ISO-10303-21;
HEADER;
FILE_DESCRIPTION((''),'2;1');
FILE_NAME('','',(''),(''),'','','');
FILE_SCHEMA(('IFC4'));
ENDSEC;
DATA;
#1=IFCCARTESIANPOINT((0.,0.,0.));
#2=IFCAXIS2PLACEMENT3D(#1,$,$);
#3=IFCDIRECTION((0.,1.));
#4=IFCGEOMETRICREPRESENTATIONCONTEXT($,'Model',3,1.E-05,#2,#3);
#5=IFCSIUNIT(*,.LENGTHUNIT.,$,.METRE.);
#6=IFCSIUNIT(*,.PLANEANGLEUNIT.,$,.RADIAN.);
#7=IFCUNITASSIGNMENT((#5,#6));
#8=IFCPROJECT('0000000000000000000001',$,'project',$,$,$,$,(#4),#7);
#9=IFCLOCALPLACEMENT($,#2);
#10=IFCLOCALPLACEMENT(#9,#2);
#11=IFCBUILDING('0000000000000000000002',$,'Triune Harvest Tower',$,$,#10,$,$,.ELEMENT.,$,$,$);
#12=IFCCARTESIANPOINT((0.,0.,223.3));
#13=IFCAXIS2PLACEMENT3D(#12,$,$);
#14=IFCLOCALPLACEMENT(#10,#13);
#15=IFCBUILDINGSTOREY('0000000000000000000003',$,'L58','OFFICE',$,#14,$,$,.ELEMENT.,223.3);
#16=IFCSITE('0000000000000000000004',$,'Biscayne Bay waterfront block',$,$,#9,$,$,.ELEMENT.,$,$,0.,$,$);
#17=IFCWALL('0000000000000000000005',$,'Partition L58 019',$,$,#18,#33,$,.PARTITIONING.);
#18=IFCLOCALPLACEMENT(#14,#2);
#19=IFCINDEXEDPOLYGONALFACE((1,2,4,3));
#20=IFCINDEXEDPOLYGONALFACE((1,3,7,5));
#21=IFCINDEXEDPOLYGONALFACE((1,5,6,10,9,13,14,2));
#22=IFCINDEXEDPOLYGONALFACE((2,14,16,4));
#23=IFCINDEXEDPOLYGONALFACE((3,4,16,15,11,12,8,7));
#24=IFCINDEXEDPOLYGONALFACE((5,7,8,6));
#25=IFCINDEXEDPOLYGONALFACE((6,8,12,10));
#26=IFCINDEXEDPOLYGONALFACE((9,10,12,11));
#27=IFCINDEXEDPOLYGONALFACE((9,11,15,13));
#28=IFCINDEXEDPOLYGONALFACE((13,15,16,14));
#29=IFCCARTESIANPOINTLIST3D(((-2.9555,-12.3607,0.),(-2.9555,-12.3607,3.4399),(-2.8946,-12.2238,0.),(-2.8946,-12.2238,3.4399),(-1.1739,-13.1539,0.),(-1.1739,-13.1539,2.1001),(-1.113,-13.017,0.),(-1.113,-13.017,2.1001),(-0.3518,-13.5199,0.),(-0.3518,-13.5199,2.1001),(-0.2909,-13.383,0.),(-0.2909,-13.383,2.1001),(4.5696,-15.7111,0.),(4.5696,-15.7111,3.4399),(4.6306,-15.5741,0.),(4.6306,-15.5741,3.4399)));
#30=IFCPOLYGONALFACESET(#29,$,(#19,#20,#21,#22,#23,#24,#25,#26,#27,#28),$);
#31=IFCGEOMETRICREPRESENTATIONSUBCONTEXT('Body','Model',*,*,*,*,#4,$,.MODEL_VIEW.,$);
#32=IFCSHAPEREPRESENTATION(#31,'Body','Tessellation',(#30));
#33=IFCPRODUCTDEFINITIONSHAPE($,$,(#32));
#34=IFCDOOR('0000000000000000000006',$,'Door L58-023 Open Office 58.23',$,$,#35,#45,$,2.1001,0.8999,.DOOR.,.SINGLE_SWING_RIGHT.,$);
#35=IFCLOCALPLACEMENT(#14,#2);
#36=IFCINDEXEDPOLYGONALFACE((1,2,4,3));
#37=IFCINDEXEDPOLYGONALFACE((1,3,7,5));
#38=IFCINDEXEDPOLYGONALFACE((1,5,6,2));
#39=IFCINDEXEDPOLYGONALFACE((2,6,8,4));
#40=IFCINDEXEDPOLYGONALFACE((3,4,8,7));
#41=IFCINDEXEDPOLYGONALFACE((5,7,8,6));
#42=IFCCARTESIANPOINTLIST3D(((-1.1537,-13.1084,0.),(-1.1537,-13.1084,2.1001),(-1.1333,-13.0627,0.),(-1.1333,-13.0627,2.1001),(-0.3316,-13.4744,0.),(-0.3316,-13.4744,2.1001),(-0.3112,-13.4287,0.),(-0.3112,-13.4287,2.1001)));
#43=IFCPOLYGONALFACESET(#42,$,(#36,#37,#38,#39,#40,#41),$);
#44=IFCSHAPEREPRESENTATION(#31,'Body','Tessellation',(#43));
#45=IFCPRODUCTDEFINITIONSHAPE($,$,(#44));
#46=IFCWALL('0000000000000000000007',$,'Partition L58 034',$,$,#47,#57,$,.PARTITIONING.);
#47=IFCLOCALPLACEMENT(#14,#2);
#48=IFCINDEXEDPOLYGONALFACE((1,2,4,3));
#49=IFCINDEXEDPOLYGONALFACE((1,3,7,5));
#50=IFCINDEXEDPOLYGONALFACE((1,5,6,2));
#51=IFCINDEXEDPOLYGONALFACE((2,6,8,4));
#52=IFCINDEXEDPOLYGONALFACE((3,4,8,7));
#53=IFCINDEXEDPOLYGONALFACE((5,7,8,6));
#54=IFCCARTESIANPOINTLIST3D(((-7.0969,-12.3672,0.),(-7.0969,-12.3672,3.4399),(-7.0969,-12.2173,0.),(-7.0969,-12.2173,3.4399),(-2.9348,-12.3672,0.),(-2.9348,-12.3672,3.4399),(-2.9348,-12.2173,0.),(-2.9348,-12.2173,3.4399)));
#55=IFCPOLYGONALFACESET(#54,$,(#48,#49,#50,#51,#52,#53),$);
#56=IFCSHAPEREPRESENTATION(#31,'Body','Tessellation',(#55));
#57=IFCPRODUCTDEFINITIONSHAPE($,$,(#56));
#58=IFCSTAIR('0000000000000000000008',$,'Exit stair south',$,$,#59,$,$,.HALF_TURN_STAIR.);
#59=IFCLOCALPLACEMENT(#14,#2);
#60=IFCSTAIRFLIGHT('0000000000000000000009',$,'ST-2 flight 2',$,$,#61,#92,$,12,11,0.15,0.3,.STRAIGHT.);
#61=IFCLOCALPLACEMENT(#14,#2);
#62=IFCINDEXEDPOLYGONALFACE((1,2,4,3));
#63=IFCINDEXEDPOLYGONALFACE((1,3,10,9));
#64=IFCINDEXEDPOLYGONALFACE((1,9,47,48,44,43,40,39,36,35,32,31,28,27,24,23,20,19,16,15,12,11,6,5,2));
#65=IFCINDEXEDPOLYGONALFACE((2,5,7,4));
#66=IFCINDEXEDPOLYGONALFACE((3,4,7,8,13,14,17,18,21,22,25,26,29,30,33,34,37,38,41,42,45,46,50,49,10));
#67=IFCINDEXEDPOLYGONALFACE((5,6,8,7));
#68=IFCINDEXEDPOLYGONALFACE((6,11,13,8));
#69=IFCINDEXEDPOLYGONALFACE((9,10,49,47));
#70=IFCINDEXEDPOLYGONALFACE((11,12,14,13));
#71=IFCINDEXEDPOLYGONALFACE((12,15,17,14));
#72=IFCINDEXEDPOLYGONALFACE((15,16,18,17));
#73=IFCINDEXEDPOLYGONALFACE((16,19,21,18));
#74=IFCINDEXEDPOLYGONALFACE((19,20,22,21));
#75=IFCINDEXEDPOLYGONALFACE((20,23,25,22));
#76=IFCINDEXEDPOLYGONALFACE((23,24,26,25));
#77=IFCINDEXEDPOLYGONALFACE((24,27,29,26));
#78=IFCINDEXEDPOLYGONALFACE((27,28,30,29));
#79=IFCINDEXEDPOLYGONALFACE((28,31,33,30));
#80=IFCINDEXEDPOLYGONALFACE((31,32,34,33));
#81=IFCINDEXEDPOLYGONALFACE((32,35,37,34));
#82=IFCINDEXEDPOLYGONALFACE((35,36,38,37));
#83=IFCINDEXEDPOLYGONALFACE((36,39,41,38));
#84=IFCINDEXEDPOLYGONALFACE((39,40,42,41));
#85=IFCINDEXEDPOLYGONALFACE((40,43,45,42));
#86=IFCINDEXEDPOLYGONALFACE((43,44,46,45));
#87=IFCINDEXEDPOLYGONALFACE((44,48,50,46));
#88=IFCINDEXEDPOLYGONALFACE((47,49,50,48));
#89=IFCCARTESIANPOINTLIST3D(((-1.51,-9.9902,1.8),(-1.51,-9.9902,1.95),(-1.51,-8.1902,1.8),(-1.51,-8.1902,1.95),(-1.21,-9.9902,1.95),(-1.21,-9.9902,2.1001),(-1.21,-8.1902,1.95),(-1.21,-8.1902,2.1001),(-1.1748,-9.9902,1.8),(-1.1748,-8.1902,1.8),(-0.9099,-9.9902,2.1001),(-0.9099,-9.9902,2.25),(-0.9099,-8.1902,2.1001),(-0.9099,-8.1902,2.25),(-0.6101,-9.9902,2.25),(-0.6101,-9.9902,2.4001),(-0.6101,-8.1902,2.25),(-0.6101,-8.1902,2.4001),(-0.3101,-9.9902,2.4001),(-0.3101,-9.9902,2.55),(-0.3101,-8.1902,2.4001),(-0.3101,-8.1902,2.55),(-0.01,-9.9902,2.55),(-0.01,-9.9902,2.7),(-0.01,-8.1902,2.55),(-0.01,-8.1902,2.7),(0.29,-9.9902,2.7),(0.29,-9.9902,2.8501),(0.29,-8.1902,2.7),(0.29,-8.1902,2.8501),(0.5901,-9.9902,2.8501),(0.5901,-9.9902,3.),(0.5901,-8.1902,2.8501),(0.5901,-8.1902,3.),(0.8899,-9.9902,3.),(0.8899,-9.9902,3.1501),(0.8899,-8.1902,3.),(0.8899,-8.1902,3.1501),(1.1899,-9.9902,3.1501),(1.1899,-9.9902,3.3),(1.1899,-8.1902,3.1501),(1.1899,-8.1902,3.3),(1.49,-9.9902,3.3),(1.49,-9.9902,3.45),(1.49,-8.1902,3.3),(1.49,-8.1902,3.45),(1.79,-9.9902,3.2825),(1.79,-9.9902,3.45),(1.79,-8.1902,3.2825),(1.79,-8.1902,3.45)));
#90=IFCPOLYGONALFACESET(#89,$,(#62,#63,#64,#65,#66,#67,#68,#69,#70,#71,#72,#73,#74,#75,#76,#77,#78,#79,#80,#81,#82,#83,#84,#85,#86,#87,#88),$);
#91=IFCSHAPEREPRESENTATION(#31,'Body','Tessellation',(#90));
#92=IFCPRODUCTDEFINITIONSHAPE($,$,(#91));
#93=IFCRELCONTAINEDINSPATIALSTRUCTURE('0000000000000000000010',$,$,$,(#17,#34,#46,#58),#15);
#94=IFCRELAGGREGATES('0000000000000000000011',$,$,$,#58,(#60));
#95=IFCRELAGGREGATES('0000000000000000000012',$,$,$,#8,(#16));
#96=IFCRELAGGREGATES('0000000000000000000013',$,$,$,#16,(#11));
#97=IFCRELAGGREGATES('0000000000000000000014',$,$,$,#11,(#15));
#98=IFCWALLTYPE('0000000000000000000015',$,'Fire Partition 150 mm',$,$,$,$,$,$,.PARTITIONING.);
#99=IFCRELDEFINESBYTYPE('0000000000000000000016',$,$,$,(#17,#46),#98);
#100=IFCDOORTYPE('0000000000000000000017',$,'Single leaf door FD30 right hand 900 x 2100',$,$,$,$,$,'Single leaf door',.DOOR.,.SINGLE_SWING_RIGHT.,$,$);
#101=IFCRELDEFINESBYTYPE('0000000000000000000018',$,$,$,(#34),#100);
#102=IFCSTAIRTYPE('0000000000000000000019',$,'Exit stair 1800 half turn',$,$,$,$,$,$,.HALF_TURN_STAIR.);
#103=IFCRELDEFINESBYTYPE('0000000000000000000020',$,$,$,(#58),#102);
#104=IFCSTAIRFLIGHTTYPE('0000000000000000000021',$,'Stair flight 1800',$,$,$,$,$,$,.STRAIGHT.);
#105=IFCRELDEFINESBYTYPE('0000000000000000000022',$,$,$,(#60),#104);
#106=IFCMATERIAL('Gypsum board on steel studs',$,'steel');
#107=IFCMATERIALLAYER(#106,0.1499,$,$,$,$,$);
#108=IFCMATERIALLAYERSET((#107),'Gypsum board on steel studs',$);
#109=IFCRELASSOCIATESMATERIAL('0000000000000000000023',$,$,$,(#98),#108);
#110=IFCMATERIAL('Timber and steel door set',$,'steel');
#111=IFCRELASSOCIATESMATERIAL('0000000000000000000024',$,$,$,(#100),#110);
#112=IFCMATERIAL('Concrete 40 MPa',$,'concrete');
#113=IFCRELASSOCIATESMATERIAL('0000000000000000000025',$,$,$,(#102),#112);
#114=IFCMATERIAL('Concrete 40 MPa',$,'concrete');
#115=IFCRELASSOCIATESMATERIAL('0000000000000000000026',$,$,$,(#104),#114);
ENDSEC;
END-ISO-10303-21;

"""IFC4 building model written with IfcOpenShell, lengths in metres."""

from ifc_helpers import new_model, si_unit, direction, frame, frame_2d, origin, place, context, subcontext, project, spatial, polyline, rectangle, outline, extrude, source, transform, mapped, material, layer, layer_set, type_object, element, fill, aggregate, save


model = new_model("IFC4")

# Units and contexts
model_context = context("Model", 3, precision=1e-05, world=origin(), true_north=direction((0.0, 1.0)))
body_context = subcontext(model_context, "Body", "Model", "MODEL_VIEW")
ifc_project = project(units=[si_unit("LENGTHUNIT", "METRE"), si_unit("PLANEANGLEUNIT", "RADIAN")], contexts=[model_context])

# Site, building, storey
site_placement = place(None, origin())
site = spatial("IfcSite", under=ifc_project, at=site_placement, Name="Biscayne Bay waterfront block", CompositionType="ELEMENT", RefElevation=0.0)
building_placement = place(site_placement, origin())
building = spatial("IfcBuilding", under=site, at=building_placement, Name="Triune Harvest Tower", CompositionType="ELEMENT")
storey_placement = place(building_placement, frame((0.0, 0.0, 223.3)))
storey = spatial("IfcBuildingStorey", under=building, at=storey_placement, Name="L58", Description="OFFICE", CompositionType="ELEMENT", Elevation=223.3)

# Wall, opening, door
ifc_material_1 = material(Name="Gypsum board on steel studs", Category="steel")
ifc_layer_1 = layer(ifc_material_1, 0.1499)
ifc_layer_set_1 = layer_set([ifc_layer_1], Name="Gypsum board on steel studs")
wall_type_1 = type_object("IfcWallType", Name="Fire Partition 150 mm", PredefinedType="PARTITIONING", material=ifc_layer_set_1)
shared_shape_1 = source(origin(), body_context, "Body", "SweptSolid", [
    extrude(rectangle(XDim=8.2373, YDim=0.1499, at=frame_2d((4.1187, 0.0))), origin(), (0.0, 0.0, 1.0), 3.4399),
])
wall_1_placement = place(storey_placement, frame((-2.925, -12.2922, 0.0), z_axis=(0.0, 0.0, 1.0), x_axis=(0.913549, -0.40673, 0.0)))
wall_1 = element("IfcWall", 1, at=wall_1_placement, inside=storey, type_object=wall_type_1, Name="Partition L58 019", PredefinedType="PARTITIONING", context=body_context, shape_type="MappedRepresentation", body=[
    mapped(shared_shape_1, transform((0.0, 0.0, 0.0), scale=1.0)),
])
opening_1_placement = place(wall_1_placement, frame((1.9502, 0.0, 0.0)))
opening_1 = element("IfcOpeningElement", 2, at=opening_1_placement, cuts=wall_1, PredefinedType="OPENING", context=body_context, shape_type="SweptSolid", body=[
    extrude(rectangle(XDim=0.8999, YDim=2.1001, at=frame_2d((0.45, 1.05))), frame((0.0, 0.085, 0.0), z_axis=(0.0, -1.0, 0.0), x_axis=(1.0, 0.0, 0.0)), (0.0, 0.0, 1.0), 0.1699),
])
ifc_material_2 = material(Name="Timber and steel door set", Category="steel")
door_type_1 = type_object("IfcDoorType", Name="Single leaf door FD30 right hand 900 x 2100", ElementType="Single leaf door", OperationType="SINGLE_SWING_RIGHT", PredefinedType="DOOR", material=ifc_material_2)
door_1_placement = place(opening_1_placement, origin())
door_1 = element("IfcDoor", 3, at=door_1_placement, inside=storey, type_object=door_type_1, Name="Door L58-023 Open Office 58.23", OperationType="SINGLE_SWING_RIGHT", OverallHeight=2.1001, OverallWidth=0.8999, PredefinedType="DOOR", context=body_context, shape_type="SweptSolid", body=[
    extrude(rectangle(XDim=0.8999, YDim=2.1001, at=frame_2d((0.45, 1.05))), frame((0.0, 0.0249, 0.0), z_axis=(0.0, -1.0, 0.0), x_axis=(1.0, 0.0, 0.0)), (0.0, 0.0, 1.0), 0.05),
])
fill(opening_1, door_1)

# Wall
shared_shape_2 = source(origin(), body_context, "Body", "SweptSolid", [
    extrude(rectangle(XDim=4.1621, YDim=0.1499, at=frame_2d((2.0811, 0.0))), origin(), (0.0, 0.0, 1.0), 3.4399),
])
wall_2_placement = place(storey_placement, frame((-7.0969, -12.2922, 0.0), z_axis=(0.0, 0.0, 1.0), x_axis=(1.0, 0.0, 0.0)))
element("IfcWall", 4, at=wall_2_placement, inside=storey, type_object=wall_type_1, Name="Partition L58 034", PredefinedType="PARTITIONING", context=body_context, shape_type="MappedRepresentation", body=[
    mapped(shared_shape_2, transform((0.0, 0.0, 0.0), scale=1.0)),
])

# Stair, stair flight
ifc_material_3 = material(Name="Concrete 40 MPa", Category="concrete")
stair_type = type_object("IfcStairType", Name="Exit stair 1800 half turn", PredefinedType="HALF_TURN_STAIR", material=ifc_material_3)
stair_placement = place(storey_placement, origin())
stair = element("IfcStair", 5, at=stair_placement, inside=storey, type_object=stair_type, Name="Exit stair south", PredefinedType="HALF_TURN_STAIR")
ifc_material_4 = material(Name="Concrete 40 MPa", Category="concrete")
stair_flight_type = type_object("IfcStairFlightType", Name="Stair flight 1800", PredefinedType="STRAIGHT", material=ifc_material_4)
shared_shape_3 = source(origin(), body_context, "Body", "SweptSolid", [
    extrude(outline(polyline([(0.0, 0.0), (0.0, 0.1499), (0.3, 0.1499), (0.3, 0.3), (0.6001, 0.3), (0.6001, 0.45), (0.8999, 0.45), (0.8999, 0.6001), (1.2, 0.6001), (1.2, 0.75), (1.5, 0.75), (1.5, 0.8999), (1.8, 0.8999), (1.8, 1.05), (2.1001, 1.05), (2.1001, 1.2), (2.3999, 1.2), (2.3999, 1.3501), (2.7, 1.3501), (2.7, 1.5), (3.0, 1.5), (3.0, 1.6499), (3.3, 1.6499), (3.3, 1.8), (3.3, 1.4824), (0.3352, 0.0), (0.0, 0.0)])), frame((0.0, 0.8999, 0.0), z_axis=(0.0, -1.0, 0.0), x_axis=(1.0, 0.0, 0.0)), (0.0, 0.0, 1.0), 1.8),
])
stair_flight_placement = place(storey_placement, frame((-1.51, -9.0901, 1.8), z_axis=(0.0, 0.0, 1.0), x_axis=(1.0, 0.0, 0.0)))
stair_flight = element("IfcStairFlight", 6, at=stair_flight_placement, type_object=stair_flight_type, Name="ST-2 flight 2", NumberOfRisers=12, NumberOfTreads=11, PredefinedType="STRAIGHT", RiserHeight=0.15, TreadLength=0.3, context=body_context, shape_type="MappedRepresentation", body=[
    mapped(shared_shape_3, transform((0.0, 0.0, 0.0), scale=1.0)),
])
aggregate(stair, [stair_flight])

save(model, "model.ifc")
